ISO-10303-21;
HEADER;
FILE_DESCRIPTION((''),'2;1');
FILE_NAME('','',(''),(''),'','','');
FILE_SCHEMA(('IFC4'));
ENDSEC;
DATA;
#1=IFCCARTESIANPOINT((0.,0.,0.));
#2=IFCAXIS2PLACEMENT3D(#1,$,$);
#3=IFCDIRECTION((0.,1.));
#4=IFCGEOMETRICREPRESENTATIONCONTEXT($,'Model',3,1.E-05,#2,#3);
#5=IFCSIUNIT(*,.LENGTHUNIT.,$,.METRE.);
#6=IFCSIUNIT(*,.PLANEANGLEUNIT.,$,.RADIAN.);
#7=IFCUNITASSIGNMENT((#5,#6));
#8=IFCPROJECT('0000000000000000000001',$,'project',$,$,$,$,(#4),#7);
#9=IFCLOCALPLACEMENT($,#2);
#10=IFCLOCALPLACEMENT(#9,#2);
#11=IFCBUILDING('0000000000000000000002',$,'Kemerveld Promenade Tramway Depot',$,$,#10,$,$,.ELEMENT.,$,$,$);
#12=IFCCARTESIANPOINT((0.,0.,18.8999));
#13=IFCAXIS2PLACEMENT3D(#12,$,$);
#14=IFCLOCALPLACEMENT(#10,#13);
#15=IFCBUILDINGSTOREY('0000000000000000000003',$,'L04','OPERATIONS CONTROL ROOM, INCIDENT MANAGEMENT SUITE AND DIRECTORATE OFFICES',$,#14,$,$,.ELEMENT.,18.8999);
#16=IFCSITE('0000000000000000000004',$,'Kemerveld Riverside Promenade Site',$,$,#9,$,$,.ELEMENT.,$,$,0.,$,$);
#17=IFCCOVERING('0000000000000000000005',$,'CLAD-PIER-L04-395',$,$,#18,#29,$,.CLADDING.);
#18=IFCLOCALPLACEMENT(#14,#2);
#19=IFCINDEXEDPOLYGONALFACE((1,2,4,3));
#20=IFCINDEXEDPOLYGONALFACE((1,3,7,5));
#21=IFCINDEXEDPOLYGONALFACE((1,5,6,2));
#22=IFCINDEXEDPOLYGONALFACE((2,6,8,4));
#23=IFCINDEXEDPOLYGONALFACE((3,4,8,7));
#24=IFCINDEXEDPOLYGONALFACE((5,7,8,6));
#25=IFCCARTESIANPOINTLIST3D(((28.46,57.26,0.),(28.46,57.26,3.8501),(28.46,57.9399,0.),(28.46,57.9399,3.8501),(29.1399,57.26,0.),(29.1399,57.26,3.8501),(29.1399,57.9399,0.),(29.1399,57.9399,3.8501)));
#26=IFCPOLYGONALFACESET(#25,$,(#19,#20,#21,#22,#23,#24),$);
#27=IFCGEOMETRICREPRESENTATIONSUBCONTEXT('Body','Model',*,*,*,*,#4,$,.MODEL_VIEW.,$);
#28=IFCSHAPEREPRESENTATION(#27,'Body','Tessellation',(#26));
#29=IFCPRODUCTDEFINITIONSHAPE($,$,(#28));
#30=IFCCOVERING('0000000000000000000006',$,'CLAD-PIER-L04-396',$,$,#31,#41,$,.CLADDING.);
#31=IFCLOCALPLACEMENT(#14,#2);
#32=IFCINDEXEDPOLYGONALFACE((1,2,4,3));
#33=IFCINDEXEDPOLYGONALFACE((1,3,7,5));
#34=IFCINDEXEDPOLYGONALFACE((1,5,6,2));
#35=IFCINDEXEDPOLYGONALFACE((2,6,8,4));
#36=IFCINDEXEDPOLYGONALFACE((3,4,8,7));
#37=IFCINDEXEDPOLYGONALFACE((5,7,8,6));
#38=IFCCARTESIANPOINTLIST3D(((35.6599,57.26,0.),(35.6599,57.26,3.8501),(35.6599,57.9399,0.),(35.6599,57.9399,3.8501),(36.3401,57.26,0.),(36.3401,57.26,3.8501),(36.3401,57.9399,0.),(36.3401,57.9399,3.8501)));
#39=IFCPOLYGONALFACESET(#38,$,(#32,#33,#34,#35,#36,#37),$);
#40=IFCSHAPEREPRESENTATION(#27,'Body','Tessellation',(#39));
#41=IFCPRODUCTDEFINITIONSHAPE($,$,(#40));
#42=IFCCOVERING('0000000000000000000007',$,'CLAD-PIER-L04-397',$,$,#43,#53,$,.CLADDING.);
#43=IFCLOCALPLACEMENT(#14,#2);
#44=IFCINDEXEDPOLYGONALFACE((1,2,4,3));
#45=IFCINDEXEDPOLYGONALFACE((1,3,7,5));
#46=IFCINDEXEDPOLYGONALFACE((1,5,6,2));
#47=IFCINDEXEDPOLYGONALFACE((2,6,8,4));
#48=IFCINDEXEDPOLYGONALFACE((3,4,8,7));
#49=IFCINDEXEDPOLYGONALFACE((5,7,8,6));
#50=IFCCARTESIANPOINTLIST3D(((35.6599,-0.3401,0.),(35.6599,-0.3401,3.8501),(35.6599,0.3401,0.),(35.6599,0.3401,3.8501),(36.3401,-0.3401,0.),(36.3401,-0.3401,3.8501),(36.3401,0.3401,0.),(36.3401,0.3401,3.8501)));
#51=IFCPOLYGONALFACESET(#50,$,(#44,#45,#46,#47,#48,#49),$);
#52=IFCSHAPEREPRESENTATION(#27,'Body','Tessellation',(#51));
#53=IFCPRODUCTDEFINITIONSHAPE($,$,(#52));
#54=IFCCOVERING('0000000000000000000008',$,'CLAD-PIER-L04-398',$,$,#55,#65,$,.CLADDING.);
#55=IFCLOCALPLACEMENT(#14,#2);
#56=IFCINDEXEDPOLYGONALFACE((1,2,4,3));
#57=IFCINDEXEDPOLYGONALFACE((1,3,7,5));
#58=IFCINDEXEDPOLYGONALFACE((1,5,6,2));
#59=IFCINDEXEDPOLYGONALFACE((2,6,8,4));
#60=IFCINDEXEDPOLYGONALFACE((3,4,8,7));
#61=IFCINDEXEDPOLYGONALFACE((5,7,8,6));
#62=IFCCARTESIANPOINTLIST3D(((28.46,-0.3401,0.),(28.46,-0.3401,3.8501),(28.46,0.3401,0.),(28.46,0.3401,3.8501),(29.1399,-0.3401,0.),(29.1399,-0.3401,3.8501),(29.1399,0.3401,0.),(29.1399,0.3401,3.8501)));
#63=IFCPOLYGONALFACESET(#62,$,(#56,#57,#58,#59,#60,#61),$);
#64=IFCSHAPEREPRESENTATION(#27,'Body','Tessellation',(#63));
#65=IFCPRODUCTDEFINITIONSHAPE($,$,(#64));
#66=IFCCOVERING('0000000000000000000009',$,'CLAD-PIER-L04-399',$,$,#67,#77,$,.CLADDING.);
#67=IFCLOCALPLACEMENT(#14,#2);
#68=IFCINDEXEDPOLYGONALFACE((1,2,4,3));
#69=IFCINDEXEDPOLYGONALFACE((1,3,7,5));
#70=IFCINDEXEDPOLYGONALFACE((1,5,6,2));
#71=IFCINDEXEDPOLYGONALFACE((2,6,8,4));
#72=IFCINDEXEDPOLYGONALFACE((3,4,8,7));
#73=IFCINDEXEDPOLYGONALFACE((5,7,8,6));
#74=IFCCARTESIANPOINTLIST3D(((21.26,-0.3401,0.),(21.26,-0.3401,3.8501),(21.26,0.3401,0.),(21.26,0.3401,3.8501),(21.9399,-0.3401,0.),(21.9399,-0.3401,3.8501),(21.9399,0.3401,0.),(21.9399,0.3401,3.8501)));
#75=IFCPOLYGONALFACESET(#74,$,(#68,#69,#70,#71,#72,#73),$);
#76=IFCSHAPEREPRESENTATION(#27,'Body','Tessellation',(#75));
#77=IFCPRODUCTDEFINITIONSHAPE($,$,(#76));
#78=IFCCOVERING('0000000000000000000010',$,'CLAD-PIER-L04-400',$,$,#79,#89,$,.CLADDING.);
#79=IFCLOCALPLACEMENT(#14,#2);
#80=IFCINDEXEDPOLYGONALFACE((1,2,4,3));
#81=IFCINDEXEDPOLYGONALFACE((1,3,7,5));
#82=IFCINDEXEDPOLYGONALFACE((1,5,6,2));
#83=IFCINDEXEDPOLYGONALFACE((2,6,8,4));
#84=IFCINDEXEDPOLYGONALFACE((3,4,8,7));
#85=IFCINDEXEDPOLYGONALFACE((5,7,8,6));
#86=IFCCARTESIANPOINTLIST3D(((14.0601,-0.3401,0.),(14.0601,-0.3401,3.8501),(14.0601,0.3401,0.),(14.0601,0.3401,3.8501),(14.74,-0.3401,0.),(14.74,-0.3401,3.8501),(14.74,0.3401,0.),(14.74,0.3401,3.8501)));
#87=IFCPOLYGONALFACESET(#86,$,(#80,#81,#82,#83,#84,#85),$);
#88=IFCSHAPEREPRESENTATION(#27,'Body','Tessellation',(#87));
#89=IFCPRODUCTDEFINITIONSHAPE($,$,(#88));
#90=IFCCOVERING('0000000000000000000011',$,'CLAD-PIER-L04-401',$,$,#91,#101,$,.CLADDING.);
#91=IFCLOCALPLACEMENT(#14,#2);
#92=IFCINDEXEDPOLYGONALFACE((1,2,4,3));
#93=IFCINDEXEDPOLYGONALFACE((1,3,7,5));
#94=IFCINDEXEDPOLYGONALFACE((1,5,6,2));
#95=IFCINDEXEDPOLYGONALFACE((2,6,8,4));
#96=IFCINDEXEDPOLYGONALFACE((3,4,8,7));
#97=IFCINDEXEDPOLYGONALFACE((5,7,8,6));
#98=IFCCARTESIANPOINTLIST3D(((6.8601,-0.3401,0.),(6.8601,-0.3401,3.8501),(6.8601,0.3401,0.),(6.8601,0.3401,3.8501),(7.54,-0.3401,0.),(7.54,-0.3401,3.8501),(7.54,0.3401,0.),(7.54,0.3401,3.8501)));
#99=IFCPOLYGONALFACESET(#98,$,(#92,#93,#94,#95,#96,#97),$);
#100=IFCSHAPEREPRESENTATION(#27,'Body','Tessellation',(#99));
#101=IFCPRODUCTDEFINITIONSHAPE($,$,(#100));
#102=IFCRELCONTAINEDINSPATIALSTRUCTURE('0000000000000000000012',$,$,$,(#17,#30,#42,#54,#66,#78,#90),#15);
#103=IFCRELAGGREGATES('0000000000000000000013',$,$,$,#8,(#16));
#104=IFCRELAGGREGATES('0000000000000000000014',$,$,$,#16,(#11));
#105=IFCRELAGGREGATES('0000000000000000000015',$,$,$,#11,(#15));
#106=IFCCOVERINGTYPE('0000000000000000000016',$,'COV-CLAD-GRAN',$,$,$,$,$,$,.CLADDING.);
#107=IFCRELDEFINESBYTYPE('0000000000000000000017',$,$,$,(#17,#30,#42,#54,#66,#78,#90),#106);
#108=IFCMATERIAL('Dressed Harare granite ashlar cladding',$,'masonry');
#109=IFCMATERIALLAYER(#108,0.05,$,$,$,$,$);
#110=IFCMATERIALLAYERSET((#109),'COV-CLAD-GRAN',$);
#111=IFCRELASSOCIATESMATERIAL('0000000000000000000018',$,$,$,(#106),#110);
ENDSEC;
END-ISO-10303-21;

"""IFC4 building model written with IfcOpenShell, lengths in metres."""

from ifc_helpers import new_model, si_unit, direction, frame, origin, place, context, subcontext, project, spatial, polyline, outline, extrude, material, layer, layer_set, type_object, element, save


model = new_model("IFC4")

# Units and contexts
model_context = context("Model", 3, precision=1e-05, world=origin(), true_north=direction((0.0, 1.0)))
body_context = subcontext(model_context, "Body", "Model", "MODEL_VIEW")
ifc_project = project(units=[si_unit("LENGTHUNIT", "METRE"), si_unit("PLANEANGLEUNIT", "RADIAN")], contexts=[model_context])

# Site, building, storey
site_placement = place(None, origin())
site = spatial("IfcSite", under=ifc_project, at=site_placement, Name="Kemerveld Riverside Promenade Site", CompositionType="ELEMENT", RefElevation=0.0)
building_placement = place(site_placement, origin())
building = spatial("IfcBuilding", under=site, at=building_placement, Name="Kemerveld Promenade Tramway Depot", CompositionType="ELEMENT")
storey_placement = place(building_placement, frame((0.0, 0.0, 18.8999)))
storey = spatial("IfcBuildingStorey", under=building, at=storey_placement, Name="L04", Description="OPERATIONS CONTROL ROOM, INCIDENT MANAGEMENT SUITE AND DIRECTORATE OFFICES", CompositionType="ELEMENT", Elevation=18.8999)

# Coverings
ifc_material_1 = material(Name="Dressed Harare granite ashlar cladding", Category="masonry")
ifc_layer_1 = layer(ifc_material_1, 0.05)
ifc_layer_set_1 = layer_set([ifc_layer_1], Name="COV-CLAD-GRAN")
covering_type = type_object("IfcCoveringType", Name="COV-CLAD-GRAN", PredefinedType="CLADDING", material=ifc_layer_set_1)
covering_1_placement = place(storey_placement, origin())
element("IfcCovering", 1, at=covering_1_placement, inside=storey, type_object=covering_type, Name="CLAD-PIER-L04-395", PredefinedType="CLADDING", context=body_context, shape_type="SweptSolid", body=[
    extrude(outline(polyline([(28.46, 57.26), (29.1399, 57.26), (29.1399, 57.9399), (28.46, 57.9399), (28.46, 57.26)])), origin(), (0.0, 0.0, 1.0), 3.8501),
])
covering_2_placement = place(storey_placement, origin())
element("IfcCovering", 2, at=covering_2_placement, inside=storey, type_object=covering_type, Name="CLAD-PIER-L04-396", PredefinedType="CLADDING", context=body_context, shape_type="SweptSolid", body=[
    extrude(outline(polyline([(35.6599, 57.26), (36.3401, 57.26), (36.3401, 57.9399), (35.6599, 57.9399), (35.6599, 57.26)])), origin(), (0.0, 0.0, 1.0), 3.8501),
])
covering_3_placement = place(storey_placement, origin())
element("IfcCovering", 3, at=covering_3_placement, inside=storey, type_object=covering_type, Name="CLAD-PIER-L04-397", PredefinedType="CLADDING", context=body_context, shape_type="SweptSolid", body=[
    extrude(outline(polyline([(35.6599, -0.3401), (36.3401, -0.3401), (36.3401, 0.3401), (35.6599, 0.3401), (35.6599, -0.3401)])), origin(), (0.0, 0.0, 1.0), 3.8501),
])
covering_4_placement = place(storey_placement, origin())
element("IfcCovering", 4, at=covering_4_placement, inside=storey, type_object=covering_type, Name="CLAD-PIER-L04-398", PredefinedType="CLADDING", context=body_context, shape_type="SweptSolid", body=[
    extrude(outline(polyline([(28.46, -0.3401), (29.1399, -0.3401), (29.1399, 0.3401), (28.46, 0.3401), (28.46, -0.3401)])), origin(), (0.0, 0.0, 1.0), 3.8501),
])
covering_5_placement = place(storey_placement, origin())
element("IfcCovering", 5, at=covering_5_placement, inside=storey, type_object=covering_type, Name="CLAD-PIER-L04-399", PredefinedType="CLADDING", context=body_context, shape_type="SweptSolid", body=[
    extrude(outline(polyline([(21.26, -0.3401), (21.9399, -0.3401), (21.9399, 0.3401), (21.26, 0.3401), (21.26, -0.3401)])), origin(), (0.0, 0.0, 1.0), 3.8501),
])
covering_6_placement = place(storey_placement, origin())
element("IfcCovering", 6, at=covering_6_placement, inside=storey, type_object=covering_type, Name="CLAD-PIER-L04-400", PredefinedType="CLADDING", context=body_context, shape_type="SweptSolid", body=[
    extrude(outline(polyline([(14.0601, -0.3401), (14.74, -0.3401), (14.74, 0.3401), (14.0601, 0.3401), (14.0601, -0.3401)])), origin(), (0.0, 0.0, 1.0), 3.8501),
])
covering_7_placement = place(storey_placement, origin())
element("IfcCovering", 7, at=covering_7_placement, inside=storey, type_object=covering_type, Name="CLAD-PIER-L04-401", PredefinedType="CLADDING", context=body_context, shape_type="SweptSolid", body=[
    extrude(outline(polyline([(6.8601, -0.3401), (7.54, -0.3401), (7.54, 0.3401), (6.8601, 0.3401), (6.8601, -0.3401)])), origin(), (0.0, 0.0, 1.0), 3.8501),
])

save(model, "model.ifc")
